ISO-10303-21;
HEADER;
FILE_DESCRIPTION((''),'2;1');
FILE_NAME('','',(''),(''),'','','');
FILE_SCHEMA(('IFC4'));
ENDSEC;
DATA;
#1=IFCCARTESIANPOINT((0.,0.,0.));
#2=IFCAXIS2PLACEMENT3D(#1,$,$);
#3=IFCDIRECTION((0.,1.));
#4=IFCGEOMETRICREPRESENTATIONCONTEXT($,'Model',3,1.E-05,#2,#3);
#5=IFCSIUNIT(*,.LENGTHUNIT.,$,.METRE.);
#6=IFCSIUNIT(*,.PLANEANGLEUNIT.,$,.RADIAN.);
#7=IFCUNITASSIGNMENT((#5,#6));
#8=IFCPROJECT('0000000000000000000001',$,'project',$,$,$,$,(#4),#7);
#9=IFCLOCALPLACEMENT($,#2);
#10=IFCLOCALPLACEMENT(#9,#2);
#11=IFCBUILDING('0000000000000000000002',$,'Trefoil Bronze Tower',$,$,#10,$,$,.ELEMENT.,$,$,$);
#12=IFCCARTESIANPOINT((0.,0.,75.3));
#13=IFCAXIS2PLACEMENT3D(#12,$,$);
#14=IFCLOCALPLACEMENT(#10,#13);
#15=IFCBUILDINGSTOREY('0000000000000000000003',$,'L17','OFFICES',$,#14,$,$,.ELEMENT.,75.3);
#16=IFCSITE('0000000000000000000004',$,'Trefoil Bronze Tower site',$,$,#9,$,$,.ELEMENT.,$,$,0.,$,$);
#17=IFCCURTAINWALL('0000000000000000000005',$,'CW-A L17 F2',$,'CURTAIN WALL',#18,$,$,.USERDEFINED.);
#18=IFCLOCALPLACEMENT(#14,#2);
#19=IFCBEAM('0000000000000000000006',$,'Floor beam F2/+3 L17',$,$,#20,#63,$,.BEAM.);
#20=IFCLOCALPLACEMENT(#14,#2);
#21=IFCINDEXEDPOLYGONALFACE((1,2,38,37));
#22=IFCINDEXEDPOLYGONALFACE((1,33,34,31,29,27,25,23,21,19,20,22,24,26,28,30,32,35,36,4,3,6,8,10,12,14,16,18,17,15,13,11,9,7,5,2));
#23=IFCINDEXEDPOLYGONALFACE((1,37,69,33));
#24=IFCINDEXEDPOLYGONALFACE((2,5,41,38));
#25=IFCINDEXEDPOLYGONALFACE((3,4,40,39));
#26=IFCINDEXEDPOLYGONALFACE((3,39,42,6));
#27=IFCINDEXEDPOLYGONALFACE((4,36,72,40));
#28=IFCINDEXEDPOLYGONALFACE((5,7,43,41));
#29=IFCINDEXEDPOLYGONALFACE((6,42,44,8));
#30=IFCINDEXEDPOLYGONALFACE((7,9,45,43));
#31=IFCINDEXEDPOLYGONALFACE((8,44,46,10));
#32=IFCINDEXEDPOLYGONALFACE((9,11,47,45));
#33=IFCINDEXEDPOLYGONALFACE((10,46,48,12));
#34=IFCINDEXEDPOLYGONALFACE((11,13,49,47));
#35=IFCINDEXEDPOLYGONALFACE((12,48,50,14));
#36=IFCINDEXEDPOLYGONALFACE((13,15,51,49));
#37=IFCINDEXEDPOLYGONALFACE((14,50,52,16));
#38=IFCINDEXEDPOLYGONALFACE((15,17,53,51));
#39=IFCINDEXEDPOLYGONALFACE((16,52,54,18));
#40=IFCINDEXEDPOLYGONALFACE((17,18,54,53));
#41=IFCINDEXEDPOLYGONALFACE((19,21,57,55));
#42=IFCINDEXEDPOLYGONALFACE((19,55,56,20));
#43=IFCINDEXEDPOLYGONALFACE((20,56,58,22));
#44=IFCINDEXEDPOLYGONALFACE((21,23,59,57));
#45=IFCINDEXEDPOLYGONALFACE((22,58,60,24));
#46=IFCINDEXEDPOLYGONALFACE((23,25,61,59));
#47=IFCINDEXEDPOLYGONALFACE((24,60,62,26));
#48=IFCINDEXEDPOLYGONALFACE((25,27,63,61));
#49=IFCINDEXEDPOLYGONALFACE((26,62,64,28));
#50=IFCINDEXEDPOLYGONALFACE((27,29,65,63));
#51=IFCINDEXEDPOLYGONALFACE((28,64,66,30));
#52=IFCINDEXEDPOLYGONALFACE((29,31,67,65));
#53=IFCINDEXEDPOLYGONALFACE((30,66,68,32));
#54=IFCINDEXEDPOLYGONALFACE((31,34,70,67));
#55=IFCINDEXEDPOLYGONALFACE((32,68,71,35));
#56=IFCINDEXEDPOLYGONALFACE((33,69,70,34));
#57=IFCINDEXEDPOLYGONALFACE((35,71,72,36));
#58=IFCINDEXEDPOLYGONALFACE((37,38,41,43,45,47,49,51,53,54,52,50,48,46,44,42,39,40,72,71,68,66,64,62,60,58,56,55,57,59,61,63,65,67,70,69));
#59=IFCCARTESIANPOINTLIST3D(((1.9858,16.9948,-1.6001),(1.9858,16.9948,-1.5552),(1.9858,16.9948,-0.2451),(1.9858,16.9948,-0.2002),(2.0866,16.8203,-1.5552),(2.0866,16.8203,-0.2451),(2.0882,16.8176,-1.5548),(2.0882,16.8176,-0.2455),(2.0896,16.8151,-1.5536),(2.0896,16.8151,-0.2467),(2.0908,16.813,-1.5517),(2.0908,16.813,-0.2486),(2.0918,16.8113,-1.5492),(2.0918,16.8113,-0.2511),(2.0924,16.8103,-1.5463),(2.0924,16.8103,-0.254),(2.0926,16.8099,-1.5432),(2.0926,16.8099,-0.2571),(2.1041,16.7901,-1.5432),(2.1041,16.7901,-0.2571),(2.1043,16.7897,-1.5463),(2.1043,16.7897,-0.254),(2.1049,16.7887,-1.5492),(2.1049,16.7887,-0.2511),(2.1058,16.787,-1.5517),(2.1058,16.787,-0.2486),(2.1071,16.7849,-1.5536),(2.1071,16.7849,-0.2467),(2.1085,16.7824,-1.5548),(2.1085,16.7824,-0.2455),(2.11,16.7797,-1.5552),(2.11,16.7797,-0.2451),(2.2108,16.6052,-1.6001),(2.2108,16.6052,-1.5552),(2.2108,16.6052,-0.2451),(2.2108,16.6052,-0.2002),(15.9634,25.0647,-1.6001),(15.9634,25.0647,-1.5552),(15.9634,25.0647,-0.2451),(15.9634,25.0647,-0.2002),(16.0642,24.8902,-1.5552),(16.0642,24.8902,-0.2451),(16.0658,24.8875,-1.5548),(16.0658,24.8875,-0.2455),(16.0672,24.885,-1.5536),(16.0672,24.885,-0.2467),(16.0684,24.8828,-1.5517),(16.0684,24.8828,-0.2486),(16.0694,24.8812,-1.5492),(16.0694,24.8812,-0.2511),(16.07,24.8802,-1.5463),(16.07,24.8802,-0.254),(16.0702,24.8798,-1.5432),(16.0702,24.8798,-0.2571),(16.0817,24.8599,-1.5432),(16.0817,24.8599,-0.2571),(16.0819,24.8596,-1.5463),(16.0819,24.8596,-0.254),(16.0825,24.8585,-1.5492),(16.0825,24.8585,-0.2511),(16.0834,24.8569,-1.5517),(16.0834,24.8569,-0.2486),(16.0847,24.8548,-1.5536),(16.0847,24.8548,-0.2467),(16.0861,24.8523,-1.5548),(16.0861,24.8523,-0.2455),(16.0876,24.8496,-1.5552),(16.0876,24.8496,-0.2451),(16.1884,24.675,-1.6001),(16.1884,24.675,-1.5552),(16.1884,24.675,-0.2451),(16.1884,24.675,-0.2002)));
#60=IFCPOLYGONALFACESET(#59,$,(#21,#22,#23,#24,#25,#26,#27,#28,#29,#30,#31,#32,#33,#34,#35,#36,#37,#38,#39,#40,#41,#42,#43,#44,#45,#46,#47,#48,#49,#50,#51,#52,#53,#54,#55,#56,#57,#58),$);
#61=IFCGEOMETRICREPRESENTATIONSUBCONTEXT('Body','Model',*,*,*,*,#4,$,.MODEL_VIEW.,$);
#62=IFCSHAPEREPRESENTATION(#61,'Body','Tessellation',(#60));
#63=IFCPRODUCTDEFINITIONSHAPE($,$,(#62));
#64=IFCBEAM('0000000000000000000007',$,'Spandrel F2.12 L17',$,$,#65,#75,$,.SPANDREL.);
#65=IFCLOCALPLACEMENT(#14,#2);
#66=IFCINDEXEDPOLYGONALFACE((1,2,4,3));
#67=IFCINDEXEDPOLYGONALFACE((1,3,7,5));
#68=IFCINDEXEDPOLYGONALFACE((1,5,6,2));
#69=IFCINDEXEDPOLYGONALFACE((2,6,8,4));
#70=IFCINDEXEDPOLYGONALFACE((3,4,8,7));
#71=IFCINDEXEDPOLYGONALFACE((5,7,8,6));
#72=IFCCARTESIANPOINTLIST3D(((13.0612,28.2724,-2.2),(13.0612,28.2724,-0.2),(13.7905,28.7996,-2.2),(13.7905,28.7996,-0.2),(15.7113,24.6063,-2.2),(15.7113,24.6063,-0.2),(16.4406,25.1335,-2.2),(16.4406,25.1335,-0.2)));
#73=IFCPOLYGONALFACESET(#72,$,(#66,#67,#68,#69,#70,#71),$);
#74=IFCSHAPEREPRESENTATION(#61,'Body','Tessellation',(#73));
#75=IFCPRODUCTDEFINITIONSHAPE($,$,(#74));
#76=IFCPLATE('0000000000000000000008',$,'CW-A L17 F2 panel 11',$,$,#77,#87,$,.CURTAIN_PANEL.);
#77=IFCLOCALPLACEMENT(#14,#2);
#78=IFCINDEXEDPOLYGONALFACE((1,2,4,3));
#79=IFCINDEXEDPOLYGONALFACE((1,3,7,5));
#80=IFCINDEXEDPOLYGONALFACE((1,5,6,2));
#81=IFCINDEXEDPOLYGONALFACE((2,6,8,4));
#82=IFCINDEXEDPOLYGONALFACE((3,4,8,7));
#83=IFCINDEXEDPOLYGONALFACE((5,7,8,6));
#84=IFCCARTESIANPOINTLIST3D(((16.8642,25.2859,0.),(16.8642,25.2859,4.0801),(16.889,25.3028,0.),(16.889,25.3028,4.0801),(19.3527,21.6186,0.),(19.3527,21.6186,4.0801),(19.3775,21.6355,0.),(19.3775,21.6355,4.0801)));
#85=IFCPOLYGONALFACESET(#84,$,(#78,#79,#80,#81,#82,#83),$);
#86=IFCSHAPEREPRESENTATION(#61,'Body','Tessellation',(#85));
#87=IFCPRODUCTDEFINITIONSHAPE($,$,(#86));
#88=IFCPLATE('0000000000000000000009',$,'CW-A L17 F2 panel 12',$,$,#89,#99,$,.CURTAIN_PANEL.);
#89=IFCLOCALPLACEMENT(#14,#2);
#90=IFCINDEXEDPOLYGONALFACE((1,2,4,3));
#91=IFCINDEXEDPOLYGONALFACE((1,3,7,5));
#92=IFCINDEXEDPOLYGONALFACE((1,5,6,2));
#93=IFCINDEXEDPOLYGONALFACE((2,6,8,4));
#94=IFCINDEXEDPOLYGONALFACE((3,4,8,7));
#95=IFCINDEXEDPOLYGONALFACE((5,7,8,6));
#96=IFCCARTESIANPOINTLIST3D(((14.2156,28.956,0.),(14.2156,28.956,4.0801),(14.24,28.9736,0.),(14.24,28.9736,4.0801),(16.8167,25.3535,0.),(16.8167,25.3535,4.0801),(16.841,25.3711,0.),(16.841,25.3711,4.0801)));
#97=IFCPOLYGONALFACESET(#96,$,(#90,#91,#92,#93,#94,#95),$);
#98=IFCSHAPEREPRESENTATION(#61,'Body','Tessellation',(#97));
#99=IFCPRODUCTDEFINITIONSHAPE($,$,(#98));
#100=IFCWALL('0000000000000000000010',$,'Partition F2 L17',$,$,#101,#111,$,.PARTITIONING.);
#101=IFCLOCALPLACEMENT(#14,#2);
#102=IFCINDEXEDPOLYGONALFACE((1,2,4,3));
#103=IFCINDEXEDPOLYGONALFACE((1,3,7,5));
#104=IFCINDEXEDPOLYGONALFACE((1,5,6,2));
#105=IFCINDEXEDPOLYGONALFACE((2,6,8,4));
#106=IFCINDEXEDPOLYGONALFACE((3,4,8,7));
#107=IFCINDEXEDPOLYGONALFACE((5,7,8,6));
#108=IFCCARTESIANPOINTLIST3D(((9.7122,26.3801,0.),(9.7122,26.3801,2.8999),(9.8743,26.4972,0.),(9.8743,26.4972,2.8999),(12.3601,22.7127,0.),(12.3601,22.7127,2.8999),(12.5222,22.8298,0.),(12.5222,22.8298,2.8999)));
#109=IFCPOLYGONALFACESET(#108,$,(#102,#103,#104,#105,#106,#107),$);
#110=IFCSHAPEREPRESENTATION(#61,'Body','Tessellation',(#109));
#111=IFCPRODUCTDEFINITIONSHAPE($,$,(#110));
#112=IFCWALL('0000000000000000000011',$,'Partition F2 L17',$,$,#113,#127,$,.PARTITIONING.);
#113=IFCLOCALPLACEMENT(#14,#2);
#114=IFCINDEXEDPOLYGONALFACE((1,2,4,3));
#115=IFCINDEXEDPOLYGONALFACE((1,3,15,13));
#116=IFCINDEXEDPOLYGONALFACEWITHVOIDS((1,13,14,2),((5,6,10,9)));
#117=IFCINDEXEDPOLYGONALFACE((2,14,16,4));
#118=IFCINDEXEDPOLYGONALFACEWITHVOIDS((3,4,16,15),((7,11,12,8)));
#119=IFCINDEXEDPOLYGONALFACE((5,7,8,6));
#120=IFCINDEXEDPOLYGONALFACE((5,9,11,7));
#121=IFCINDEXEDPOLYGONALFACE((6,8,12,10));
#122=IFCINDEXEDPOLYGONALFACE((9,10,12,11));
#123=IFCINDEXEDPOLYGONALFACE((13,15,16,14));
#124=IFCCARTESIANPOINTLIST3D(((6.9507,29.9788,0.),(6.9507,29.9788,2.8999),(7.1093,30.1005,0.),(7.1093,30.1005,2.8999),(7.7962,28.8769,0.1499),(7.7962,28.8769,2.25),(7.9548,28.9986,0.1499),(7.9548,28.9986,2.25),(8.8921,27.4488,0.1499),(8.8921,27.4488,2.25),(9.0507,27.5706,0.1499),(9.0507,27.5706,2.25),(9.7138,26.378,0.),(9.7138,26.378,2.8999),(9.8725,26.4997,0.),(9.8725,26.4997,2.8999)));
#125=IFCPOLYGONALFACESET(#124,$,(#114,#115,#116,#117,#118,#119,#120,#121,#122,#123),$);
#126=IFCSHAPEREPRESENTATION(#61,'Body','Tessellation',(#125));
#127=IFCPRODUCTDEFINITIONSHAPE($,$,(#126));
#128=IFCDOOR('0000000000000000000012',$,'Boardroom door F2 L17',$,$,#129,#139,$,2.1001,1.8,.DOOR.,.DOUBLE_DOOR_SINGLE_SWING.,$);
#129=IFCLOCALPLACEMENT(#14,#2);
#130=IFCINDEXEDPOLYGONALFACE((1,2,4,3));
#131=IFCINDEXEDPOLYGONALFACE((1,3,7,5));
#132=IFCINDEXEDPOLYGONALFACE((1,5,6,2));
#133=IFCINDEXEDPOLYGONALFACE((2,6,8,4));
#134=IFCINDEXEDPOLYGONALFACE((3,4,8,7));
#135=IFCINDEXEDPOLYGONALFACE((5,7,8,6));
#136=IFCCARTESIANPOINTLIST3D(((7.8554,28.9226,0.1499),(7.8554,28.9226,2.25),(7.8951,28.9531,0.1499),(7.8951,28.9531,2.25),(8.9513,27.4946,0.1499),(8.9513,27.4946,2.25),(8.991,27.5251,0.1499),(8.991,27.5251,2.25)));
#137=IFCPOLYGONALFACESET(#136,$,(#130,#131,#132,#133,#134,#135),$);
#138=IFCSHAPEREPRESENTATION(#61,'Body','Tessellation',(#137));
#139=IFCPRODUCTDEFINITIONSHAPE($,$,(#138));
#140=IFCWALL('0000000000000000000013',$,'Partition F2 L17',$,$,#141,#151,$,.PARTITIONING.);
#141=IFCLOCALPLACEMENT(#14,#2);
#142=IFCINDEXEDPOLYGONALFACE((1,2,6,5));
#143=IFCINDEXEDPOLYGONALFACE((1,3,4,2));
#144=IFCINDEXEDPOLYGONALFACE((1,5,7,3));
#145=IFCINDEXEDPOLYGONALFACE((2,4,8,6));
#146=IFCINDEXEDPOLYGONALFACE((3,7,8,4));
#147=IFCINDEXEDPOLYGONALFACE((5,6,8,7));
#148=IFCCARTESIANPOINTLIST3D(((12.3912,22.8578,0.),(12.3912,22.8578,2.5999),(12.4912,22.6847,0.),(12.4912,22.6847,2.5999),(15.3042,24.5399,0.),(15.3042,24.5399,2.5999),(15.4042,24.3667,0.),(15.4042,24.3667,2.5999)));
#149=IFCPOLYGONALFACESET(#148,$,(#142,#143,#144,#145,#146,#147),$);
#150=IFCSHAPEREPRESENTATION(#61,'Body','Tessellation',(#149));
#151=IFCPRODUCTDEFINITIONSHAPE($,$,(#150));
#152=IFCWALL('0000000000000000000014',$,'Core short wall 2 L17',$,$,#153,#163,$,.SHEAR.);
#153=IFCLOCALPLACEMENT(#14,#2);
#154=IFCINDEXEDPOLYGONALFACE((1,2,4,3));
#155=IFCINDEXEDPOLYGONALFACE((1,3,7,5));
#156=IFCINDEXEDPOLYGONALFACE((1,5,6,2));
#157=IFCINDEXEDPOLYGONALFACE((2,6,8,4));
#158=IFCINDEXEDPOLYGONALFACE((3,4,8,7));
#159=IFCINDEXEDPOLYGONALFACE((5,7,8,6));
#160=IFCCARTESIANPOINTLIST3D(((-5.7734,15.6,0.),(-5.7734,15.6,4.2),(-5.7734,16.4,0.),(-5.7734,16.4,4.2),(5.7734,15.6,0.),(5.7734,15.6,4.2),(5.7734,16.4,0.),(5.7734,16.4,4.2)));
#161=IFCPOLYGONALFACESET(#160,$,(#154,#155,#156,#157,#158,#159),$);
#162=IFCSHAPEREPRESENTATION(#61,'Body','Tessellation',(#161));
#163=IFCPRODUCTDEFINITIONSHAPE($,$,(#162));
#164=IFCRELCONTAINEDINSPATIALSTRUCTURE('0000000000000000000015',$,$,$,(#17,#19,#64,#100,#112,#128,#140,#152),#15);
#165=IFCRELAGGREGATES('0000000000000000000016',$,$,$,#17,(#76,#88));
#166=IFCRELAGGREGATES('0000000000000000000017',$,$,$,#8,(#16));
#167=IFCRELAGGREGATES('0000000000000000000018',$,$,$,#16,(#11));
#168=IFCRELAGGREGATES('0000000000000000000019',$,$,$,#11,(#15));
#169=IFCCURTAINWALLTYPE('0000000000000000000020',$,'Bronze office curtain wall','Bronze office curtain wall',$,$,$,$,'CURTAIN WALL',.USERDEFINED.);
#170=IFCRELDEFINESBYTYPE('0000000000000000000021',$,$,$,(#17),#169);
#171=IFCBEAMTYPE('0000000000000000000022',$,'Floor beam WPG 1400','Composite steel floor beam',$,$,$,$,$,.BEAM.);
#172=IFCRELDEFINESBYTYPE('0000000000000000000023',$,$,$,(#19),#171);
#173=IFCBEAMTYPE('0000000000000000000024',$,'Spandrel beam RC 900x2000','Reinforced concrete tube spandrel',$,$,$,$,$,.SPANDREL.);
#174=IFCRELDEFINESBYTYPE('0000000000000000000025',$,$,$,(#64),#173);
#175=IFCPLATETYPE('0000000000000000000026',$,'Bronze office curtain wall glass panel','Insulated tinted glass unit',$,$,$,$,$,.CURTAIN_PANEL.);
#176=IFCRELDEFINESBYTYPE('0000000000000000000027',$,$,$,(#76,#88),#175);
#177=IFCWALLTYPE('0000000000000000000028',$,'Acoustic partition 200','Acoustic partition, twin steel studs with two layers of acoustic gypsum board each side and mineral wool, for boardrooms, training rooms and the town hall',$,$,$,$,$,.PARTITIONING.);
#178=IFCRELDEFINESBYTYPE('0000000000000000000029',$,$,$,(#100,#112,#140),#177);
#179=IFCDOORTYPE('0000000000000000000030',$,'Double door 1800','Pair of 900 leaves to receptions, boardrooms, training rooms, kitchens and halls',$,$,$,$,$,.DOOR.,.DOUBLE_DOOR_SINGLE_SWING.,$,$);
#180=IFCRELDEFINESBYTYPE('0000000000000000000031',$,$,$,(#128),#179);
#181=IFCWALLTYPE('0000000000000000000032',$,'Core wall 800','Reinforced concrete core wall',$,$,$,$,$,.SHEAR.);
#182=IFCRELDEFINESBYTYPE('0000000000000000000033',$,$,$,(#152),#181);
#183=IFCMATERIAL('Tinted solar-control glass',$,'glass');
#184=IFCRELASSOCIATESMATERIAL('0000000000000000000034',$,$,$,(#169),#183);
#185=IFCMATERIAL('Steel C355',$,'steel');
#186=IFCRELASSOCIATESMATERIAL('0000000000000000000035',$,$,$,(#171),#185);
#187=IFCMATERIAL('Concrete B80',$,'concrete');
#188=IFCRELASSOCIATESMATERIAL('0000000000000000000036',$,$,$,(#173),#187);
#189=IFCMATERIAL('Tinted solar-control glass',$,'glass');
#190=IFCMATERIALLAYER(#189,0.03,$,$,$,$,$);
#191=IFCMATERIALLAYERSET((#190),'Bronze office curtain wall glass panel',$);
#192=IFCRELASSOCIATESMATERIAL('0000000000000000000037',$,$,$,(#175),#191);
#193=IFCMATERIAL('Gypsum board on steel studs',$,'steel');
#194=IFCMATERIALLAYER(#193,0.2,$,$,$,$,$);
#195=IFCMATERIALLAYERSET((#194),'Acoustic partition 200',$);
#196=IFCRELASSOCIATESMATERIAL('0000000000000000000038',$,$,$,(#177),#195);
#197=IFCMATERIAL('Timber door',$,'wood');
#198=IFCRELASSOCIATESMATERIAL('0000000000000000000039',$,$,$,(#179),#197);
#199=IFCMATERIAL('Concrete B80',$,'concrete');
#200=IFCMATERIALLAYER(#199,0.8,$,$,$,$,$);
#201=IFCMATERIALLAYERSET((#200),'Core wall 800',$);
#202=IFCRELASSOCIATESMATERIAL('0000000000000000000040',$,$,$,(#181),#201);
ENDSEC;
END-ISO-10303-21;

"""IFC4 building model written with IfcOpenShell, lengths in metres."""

from ifc_helpers import new_model, si_unit, direction, frame, frame_2d, origin, origin_2d, place, context, subcontext, project, spatial, rectangle, i_section, extrude, material, layer, layer_set, material_profile, profile_set, type_object, element, fill, aggregate, save


model = new_model("IFC4")

# Units and contexts
model_context = context("Model", 3, precision=1e-05, world=origin(), true_north=direction((0.0, 1.0)))
body_context = subcontext(model_context, "Body", "Model", "MODEL_VIEW")
ifc_project = project(units=[si_unit("LENGTHUNIT", "METRE"), si_unit("PLANEANGLEUNIT", "RADIAN")], contexts=[model_context])

# Site, building, storey
site_placement = place(None, origin())
site = spatial("IfcSite", under=ifc_project, at=site_placement, Name="Trefoil Bronze Tower site", CompositionType="ELEMENT", RefElevation=0.0)
building_placement = place(site_placement, origin())
building = spatial("IfcBuilding", under=site, at=building_placement, Name="Trefoil Bronze Tower", CompositionType="ELEMENT")
storey_placement = place(building_placement, frame((0.0, 0.0, 75.3)))
storey = spatial("IfcBuildingStorey", under=building, at=storey_placement, Name="L17", Description="OFFICES", CompositionType="ELEMENT", Elevation=75.3)

# Curtain wall
ifc_material_1 = material(Name="Tinted solar-control glass", Category="glass")
curtain_wall_type = type_object("IfcCurtainWallType", Name="Bronze office curtain wall", Description="Bronze office curtain wall", ElementType="CURTAIN WALL", PredefinedType="USERDEFINED", material=ifc_material_1)
curtain_wall_placement = place(storey_placement, origin())
curtain_wall = element("IfcCurtainWall", 1, at=curtain_wall_placement, inside=storey, type_object=curtain_wall_type, Name="CW-A L17 F2", ObjectType="CURTAIN WALL", PredefinedType="USERDEFINED")

# Beams
ifc_material_2 = material(Name="Steel C355", Category="steel")
ifc_material_profile_1 = material_profile(ifc_material_2, i_section(OverallWidth=0.45, OverallDepth=1.3999, WebThickness=0.0229, FlangeThickness=0.0449, FilletRadius=0.012, at=origin_2d()), Name="WPG 1400")
ifc_profile_set_1 = profile_set([ifc_material_profile_1], Name="Steel C355")
beam_type_1 = type_object("IfcBeamType", Name="Floor beam WPG 1400", Description="Composite steel floor beam", PredefinedType="BEAM", material=ifc_profile_set_1)
beam_1_placement = place(storey_placement, frame((16.0759, 24.8699, -0.9001), z_axis=(-0.866028, -0.499995, 0.0), x_axis=(0.499995, -0.866028, 0.0)))
element("IfcBeam", 2, at=beam_1_placement, inside=storey, type_object=beam_type_1, Name="Floor beam F2/+3 L17", PredefinedType="BEAM", context=body_context, shape_type="SweptSolid", body=[
    extrude(i_section(OverallWidth=0.45, OverallDepth=1.3999, WebThickness=0.0229, FlangeThickness=0.0449, FilletRadius=0.012, at=origin_2d()), origin(), (0.0, 0.0, 1.0), 16.1399),
])
ifc_material_3 = material(Name="Concrete B80", Category="concrete")
ifc_material_profile_2 = material_profile(ifc_material_3, rectangle(XDim=0.8999, YDim=2.0, at=origin_2d()), Name="RC 900x2000")
ifc_profile_set_2 = profile_set([ifc_material_profile_2], Name="Concrete B80")
beam_type_2 = type_object("IfcBeamType", Name="Spandrel beam RC 900x2000", Description="Reinforced concrete tube spandrel", PredefinedType="SPANDREL", material=ifc_profile_set_2)
beam_2_placement = place(storey_placement, frame((16.0759, 24.8699, -1.2), z_axis=(-0.585824, 0.810439, 0.0), x_axis=(-0.810439, -0.585824, 0.0)))
element("IfcBeam", 3, at=beam_2_placement, inside=storey, type_object=beam_type_2, Name="Spandrel F2.12 L17", PredefinedType="SPANDREL", context=body_context, shape_type="SweptSolid", body=[
    extrude(rectangle(XDim=0.8999, YDim=2.0, at=origin_2d()), origin(), (0.0, 0.0, 1.0), 4.5237),
])

# Plates
ifc_material_4 = material(Name="Tinted solar-control glass", Category="glass")
ifc_layer_1 = layer(ifc_material_4, 0.03)
ifc_layer_set_1 = layer_set([ifc_layer_1], Name="Bronze office curtain wall glass panel")
plate_type = type_object("IfcPlateType", Name="Bronze office curtain wall glass panel", Description="Insulated tinted glass unit", PredefinedType="CURTAIN_PANEL", material=ifc_layer_set_1)
plate_1_placement = place(storey_placement, frame((18.1208, 23.4607, 0.0), z_axis=(0.0, 0.0, 1.0), x_axis=(-0.56151, 0.82747, 0.0)))
plate_1 = element("IfcPlate", 4, at=plate_1_placement, type_object=plate_type, Name="CW-A L17 F2 panel 11", PredefinedType="CURTAIN_PANEL", context=body_context, shape_type="SweptSolid", body=[
    extrude(rectangle(XDim=4.4319, YDim=0.03, at=origin_2d()), origin(), (0.0, 0.0, 1.0), 4.0801),
])
plate_2_placement = place(storey_placement, frame((15.5283, 27.1636, 0.0), z_axis=(0.0, 0.0, 1.0), x_axis=(-0.585373, 0.810764, 0.0)))
plate_2 = element("IfcPlate", 5, at=plate_2_placement, type_object=plate_type, Name="CW-A L17 F2 panel 12", PredefinedType="CURTAIN_PANEL", context=body_context, shape_type="SweptSolid", body=[
    extrude(rectangle(XDim=4.4434, YDim=0.03, at=origin_2d()), origin(), (0.0, 0.0, 1.0), 4.0801),
])
aggregate(curtain_wall, [plate_1, plate_2])

# Wall
ifc_material_5 = material(Name="Gypsum board on steel studs", Category="steel")
ifc_layer_2 = layer(ifc_material_5, 0.2)
ifc_layer_set_2 = layer_set([ifc_layer_2], Name="Acoustic partition 200")
wall_type_1 = type_object("IfcWallType", Name="Acoustic partition 200", Description="Acoustic partition, twin steel studs with two layers of acoustic gypsum board each side and mineral wool, for boardrooms, training rooms and the town hall", PredefinedType="PARTITIONING", material=ifc_layer_set_2)
wall_1_placement = place(storey_placement, frame((12.4412, 22.7712, 0.0), z_axis=(0.0, 0.0, 1.0), x_axis=(-0.585376, 0.810762, 0.0)))
element("IfcWall", 6, at=wall_1_placement, inside=storey, type_object=wall_type_1, Name="Partition F2 L17", PredefinedType="PARTITIONING", context=body_context, shape_type="SweptSolid", body=[
    extrude(rectangle(XDim=4.5234, YDim=0.2, at=frame_2d((2.2617, 0.0))), origin(), (0.0, 0.0, 1.0), 2.8999),
])

# Wall, opening, door
wall_2_placement = place(storey_placement, frame((9.7932, 26.4387, 0.0), z_axis=(0.0, 0.0, 1.0), x_axis=(-0.608785, 0.793335, 0.0)))
wall_2 = element("IfcWall", 7, at=wall_2_placement, inside=storey, type_object=wall_type_1, Name="Partition F2 L17", PredefinedType="PARTITIONING", context=body_context, shape_type="SweptSolid", body=[
    extrude(rectangle(XDim=4.5388, YDim=0.2, at=frame_2d((2.2695, 0.0))), origin(), (0.0, 0.0, 1.0), 2.8999),
])
opening_1_placement = place(wall_2_placement, frame((1.3501, 0.0, 0.1499)))
opening_1 = element("IfcOpeningElement", 8, at=opening_1_placement, cuts=wall_2, PredefinedType="OPENING", context=body_context, shape_type="SweptSolid", body=[
    extrude(rectangle(XDim=1.8, YDim=2.1001, at=frame_2d((0.8999, 1.05))), frame((0.0, 0.1099, 0.0), z_axis=(0.0, -1.0, 0.0), x_axis=(1.0, 0.0, 0.0)), (0.0, 0.0, 1.0), 0.22),
])
ifc_material_6 = material(Name="Timber door", Category="wood")
door_type_1 = type_object("IfcDoorType", Name="Double door 1800", Description="Pair of 900 leaves to receptions, boardrooms, training rooms, kitchens and halls", OperationType="DOUBLE_DOOR_SINGLE_SWING", PredefinedType="DOOR", material=ifc_material_6)
door_1_placement = place(opening_1_placement, frame((1.8, 0.0, 0.0), z_axis=(0.0, 0.0, 1.0), x_axis=(-1.0, 0.0, 0.0)))
door_1 = element("IfcDoor", 9, at=door_1_placement, inside=storey, type_object=door_type_1, Name="Boardroom door F2 L17", OperationType="DOUBLE_DOOR_SINGLE_SWING", OverallHeight=2.1001, OverallWidth=1.8, PredefinedType="DOOR", context=body_context, shape_type="SweptSolid", body=[
    extrude(rectangle(XDim=1.8, YDim=2.1001, at=frame_2d((0.8999, 1.05))), frame((0.0, 0.0249, 0.0), z_axis=(0.0, -1.0, 0.0), x_axis=(1.0, 0.0, 0.0)), (0.0, 0.0, 1.0), 0.05),
])
fill(opening_1, door_1)

# Walls
wall_3_placement = place(storey_placement, frame((12.4412, 22.7712, 0.0), z_axis=(0.0, 0.0, 1.0), x_axis=(0.865992, 0.500058, 0.0)))
element("IfcWall", 10, at=wall_3_placement, inside=storey, type_object=wall_type_1, Name="Partition F2 L17", PredefinedType="PARTITIONING", context=body_context, shape_type="SweptSolid", body=[
    extrude(rectangle(XDim=3.3638, YDim=0.2, at=frame_2d((1.6819, 0.0))), origin(), (0.0, 0.0, 1.0), 2.5999),
])
ifc_material_7 = material(Name="Concrete B80", Category="concrete")
ifc_layer_3 = layer(ifc_material_7, 0.8)
ifc_layer_set_3 = layer_set([ifc_layer_3], Name="Core wall 800")
wall_type_2 = type_object("IfcWallType", Name="Core wall 800", Description="Reinforced concrete core wall", PredefinedType="SHEAR", material=ifc_layer_set_3)
wall_4_placement = place(storey_placement, frame((5.7734, 16.0, 0.0), z_axis=(0.0, 0.0, 1.0), x_axis=(-1.0, 0.0, 0.0)))
element("IfcWall", 11, at=wall_4_placement, inside=storey, type_object=wall_type_2, Name="Core short wall 2 L17", PredefinedType="SHEAR", context=body_context, shape_type="SweptSolid", body=[
    extrude(rectangle(XDim=11.5469, YDim=0.8, at=frame_2d((5.7734, 0.0))), origin(), (0.0, 0.0, 1.0), 4.2),
])

save(model, "model.ifc")
